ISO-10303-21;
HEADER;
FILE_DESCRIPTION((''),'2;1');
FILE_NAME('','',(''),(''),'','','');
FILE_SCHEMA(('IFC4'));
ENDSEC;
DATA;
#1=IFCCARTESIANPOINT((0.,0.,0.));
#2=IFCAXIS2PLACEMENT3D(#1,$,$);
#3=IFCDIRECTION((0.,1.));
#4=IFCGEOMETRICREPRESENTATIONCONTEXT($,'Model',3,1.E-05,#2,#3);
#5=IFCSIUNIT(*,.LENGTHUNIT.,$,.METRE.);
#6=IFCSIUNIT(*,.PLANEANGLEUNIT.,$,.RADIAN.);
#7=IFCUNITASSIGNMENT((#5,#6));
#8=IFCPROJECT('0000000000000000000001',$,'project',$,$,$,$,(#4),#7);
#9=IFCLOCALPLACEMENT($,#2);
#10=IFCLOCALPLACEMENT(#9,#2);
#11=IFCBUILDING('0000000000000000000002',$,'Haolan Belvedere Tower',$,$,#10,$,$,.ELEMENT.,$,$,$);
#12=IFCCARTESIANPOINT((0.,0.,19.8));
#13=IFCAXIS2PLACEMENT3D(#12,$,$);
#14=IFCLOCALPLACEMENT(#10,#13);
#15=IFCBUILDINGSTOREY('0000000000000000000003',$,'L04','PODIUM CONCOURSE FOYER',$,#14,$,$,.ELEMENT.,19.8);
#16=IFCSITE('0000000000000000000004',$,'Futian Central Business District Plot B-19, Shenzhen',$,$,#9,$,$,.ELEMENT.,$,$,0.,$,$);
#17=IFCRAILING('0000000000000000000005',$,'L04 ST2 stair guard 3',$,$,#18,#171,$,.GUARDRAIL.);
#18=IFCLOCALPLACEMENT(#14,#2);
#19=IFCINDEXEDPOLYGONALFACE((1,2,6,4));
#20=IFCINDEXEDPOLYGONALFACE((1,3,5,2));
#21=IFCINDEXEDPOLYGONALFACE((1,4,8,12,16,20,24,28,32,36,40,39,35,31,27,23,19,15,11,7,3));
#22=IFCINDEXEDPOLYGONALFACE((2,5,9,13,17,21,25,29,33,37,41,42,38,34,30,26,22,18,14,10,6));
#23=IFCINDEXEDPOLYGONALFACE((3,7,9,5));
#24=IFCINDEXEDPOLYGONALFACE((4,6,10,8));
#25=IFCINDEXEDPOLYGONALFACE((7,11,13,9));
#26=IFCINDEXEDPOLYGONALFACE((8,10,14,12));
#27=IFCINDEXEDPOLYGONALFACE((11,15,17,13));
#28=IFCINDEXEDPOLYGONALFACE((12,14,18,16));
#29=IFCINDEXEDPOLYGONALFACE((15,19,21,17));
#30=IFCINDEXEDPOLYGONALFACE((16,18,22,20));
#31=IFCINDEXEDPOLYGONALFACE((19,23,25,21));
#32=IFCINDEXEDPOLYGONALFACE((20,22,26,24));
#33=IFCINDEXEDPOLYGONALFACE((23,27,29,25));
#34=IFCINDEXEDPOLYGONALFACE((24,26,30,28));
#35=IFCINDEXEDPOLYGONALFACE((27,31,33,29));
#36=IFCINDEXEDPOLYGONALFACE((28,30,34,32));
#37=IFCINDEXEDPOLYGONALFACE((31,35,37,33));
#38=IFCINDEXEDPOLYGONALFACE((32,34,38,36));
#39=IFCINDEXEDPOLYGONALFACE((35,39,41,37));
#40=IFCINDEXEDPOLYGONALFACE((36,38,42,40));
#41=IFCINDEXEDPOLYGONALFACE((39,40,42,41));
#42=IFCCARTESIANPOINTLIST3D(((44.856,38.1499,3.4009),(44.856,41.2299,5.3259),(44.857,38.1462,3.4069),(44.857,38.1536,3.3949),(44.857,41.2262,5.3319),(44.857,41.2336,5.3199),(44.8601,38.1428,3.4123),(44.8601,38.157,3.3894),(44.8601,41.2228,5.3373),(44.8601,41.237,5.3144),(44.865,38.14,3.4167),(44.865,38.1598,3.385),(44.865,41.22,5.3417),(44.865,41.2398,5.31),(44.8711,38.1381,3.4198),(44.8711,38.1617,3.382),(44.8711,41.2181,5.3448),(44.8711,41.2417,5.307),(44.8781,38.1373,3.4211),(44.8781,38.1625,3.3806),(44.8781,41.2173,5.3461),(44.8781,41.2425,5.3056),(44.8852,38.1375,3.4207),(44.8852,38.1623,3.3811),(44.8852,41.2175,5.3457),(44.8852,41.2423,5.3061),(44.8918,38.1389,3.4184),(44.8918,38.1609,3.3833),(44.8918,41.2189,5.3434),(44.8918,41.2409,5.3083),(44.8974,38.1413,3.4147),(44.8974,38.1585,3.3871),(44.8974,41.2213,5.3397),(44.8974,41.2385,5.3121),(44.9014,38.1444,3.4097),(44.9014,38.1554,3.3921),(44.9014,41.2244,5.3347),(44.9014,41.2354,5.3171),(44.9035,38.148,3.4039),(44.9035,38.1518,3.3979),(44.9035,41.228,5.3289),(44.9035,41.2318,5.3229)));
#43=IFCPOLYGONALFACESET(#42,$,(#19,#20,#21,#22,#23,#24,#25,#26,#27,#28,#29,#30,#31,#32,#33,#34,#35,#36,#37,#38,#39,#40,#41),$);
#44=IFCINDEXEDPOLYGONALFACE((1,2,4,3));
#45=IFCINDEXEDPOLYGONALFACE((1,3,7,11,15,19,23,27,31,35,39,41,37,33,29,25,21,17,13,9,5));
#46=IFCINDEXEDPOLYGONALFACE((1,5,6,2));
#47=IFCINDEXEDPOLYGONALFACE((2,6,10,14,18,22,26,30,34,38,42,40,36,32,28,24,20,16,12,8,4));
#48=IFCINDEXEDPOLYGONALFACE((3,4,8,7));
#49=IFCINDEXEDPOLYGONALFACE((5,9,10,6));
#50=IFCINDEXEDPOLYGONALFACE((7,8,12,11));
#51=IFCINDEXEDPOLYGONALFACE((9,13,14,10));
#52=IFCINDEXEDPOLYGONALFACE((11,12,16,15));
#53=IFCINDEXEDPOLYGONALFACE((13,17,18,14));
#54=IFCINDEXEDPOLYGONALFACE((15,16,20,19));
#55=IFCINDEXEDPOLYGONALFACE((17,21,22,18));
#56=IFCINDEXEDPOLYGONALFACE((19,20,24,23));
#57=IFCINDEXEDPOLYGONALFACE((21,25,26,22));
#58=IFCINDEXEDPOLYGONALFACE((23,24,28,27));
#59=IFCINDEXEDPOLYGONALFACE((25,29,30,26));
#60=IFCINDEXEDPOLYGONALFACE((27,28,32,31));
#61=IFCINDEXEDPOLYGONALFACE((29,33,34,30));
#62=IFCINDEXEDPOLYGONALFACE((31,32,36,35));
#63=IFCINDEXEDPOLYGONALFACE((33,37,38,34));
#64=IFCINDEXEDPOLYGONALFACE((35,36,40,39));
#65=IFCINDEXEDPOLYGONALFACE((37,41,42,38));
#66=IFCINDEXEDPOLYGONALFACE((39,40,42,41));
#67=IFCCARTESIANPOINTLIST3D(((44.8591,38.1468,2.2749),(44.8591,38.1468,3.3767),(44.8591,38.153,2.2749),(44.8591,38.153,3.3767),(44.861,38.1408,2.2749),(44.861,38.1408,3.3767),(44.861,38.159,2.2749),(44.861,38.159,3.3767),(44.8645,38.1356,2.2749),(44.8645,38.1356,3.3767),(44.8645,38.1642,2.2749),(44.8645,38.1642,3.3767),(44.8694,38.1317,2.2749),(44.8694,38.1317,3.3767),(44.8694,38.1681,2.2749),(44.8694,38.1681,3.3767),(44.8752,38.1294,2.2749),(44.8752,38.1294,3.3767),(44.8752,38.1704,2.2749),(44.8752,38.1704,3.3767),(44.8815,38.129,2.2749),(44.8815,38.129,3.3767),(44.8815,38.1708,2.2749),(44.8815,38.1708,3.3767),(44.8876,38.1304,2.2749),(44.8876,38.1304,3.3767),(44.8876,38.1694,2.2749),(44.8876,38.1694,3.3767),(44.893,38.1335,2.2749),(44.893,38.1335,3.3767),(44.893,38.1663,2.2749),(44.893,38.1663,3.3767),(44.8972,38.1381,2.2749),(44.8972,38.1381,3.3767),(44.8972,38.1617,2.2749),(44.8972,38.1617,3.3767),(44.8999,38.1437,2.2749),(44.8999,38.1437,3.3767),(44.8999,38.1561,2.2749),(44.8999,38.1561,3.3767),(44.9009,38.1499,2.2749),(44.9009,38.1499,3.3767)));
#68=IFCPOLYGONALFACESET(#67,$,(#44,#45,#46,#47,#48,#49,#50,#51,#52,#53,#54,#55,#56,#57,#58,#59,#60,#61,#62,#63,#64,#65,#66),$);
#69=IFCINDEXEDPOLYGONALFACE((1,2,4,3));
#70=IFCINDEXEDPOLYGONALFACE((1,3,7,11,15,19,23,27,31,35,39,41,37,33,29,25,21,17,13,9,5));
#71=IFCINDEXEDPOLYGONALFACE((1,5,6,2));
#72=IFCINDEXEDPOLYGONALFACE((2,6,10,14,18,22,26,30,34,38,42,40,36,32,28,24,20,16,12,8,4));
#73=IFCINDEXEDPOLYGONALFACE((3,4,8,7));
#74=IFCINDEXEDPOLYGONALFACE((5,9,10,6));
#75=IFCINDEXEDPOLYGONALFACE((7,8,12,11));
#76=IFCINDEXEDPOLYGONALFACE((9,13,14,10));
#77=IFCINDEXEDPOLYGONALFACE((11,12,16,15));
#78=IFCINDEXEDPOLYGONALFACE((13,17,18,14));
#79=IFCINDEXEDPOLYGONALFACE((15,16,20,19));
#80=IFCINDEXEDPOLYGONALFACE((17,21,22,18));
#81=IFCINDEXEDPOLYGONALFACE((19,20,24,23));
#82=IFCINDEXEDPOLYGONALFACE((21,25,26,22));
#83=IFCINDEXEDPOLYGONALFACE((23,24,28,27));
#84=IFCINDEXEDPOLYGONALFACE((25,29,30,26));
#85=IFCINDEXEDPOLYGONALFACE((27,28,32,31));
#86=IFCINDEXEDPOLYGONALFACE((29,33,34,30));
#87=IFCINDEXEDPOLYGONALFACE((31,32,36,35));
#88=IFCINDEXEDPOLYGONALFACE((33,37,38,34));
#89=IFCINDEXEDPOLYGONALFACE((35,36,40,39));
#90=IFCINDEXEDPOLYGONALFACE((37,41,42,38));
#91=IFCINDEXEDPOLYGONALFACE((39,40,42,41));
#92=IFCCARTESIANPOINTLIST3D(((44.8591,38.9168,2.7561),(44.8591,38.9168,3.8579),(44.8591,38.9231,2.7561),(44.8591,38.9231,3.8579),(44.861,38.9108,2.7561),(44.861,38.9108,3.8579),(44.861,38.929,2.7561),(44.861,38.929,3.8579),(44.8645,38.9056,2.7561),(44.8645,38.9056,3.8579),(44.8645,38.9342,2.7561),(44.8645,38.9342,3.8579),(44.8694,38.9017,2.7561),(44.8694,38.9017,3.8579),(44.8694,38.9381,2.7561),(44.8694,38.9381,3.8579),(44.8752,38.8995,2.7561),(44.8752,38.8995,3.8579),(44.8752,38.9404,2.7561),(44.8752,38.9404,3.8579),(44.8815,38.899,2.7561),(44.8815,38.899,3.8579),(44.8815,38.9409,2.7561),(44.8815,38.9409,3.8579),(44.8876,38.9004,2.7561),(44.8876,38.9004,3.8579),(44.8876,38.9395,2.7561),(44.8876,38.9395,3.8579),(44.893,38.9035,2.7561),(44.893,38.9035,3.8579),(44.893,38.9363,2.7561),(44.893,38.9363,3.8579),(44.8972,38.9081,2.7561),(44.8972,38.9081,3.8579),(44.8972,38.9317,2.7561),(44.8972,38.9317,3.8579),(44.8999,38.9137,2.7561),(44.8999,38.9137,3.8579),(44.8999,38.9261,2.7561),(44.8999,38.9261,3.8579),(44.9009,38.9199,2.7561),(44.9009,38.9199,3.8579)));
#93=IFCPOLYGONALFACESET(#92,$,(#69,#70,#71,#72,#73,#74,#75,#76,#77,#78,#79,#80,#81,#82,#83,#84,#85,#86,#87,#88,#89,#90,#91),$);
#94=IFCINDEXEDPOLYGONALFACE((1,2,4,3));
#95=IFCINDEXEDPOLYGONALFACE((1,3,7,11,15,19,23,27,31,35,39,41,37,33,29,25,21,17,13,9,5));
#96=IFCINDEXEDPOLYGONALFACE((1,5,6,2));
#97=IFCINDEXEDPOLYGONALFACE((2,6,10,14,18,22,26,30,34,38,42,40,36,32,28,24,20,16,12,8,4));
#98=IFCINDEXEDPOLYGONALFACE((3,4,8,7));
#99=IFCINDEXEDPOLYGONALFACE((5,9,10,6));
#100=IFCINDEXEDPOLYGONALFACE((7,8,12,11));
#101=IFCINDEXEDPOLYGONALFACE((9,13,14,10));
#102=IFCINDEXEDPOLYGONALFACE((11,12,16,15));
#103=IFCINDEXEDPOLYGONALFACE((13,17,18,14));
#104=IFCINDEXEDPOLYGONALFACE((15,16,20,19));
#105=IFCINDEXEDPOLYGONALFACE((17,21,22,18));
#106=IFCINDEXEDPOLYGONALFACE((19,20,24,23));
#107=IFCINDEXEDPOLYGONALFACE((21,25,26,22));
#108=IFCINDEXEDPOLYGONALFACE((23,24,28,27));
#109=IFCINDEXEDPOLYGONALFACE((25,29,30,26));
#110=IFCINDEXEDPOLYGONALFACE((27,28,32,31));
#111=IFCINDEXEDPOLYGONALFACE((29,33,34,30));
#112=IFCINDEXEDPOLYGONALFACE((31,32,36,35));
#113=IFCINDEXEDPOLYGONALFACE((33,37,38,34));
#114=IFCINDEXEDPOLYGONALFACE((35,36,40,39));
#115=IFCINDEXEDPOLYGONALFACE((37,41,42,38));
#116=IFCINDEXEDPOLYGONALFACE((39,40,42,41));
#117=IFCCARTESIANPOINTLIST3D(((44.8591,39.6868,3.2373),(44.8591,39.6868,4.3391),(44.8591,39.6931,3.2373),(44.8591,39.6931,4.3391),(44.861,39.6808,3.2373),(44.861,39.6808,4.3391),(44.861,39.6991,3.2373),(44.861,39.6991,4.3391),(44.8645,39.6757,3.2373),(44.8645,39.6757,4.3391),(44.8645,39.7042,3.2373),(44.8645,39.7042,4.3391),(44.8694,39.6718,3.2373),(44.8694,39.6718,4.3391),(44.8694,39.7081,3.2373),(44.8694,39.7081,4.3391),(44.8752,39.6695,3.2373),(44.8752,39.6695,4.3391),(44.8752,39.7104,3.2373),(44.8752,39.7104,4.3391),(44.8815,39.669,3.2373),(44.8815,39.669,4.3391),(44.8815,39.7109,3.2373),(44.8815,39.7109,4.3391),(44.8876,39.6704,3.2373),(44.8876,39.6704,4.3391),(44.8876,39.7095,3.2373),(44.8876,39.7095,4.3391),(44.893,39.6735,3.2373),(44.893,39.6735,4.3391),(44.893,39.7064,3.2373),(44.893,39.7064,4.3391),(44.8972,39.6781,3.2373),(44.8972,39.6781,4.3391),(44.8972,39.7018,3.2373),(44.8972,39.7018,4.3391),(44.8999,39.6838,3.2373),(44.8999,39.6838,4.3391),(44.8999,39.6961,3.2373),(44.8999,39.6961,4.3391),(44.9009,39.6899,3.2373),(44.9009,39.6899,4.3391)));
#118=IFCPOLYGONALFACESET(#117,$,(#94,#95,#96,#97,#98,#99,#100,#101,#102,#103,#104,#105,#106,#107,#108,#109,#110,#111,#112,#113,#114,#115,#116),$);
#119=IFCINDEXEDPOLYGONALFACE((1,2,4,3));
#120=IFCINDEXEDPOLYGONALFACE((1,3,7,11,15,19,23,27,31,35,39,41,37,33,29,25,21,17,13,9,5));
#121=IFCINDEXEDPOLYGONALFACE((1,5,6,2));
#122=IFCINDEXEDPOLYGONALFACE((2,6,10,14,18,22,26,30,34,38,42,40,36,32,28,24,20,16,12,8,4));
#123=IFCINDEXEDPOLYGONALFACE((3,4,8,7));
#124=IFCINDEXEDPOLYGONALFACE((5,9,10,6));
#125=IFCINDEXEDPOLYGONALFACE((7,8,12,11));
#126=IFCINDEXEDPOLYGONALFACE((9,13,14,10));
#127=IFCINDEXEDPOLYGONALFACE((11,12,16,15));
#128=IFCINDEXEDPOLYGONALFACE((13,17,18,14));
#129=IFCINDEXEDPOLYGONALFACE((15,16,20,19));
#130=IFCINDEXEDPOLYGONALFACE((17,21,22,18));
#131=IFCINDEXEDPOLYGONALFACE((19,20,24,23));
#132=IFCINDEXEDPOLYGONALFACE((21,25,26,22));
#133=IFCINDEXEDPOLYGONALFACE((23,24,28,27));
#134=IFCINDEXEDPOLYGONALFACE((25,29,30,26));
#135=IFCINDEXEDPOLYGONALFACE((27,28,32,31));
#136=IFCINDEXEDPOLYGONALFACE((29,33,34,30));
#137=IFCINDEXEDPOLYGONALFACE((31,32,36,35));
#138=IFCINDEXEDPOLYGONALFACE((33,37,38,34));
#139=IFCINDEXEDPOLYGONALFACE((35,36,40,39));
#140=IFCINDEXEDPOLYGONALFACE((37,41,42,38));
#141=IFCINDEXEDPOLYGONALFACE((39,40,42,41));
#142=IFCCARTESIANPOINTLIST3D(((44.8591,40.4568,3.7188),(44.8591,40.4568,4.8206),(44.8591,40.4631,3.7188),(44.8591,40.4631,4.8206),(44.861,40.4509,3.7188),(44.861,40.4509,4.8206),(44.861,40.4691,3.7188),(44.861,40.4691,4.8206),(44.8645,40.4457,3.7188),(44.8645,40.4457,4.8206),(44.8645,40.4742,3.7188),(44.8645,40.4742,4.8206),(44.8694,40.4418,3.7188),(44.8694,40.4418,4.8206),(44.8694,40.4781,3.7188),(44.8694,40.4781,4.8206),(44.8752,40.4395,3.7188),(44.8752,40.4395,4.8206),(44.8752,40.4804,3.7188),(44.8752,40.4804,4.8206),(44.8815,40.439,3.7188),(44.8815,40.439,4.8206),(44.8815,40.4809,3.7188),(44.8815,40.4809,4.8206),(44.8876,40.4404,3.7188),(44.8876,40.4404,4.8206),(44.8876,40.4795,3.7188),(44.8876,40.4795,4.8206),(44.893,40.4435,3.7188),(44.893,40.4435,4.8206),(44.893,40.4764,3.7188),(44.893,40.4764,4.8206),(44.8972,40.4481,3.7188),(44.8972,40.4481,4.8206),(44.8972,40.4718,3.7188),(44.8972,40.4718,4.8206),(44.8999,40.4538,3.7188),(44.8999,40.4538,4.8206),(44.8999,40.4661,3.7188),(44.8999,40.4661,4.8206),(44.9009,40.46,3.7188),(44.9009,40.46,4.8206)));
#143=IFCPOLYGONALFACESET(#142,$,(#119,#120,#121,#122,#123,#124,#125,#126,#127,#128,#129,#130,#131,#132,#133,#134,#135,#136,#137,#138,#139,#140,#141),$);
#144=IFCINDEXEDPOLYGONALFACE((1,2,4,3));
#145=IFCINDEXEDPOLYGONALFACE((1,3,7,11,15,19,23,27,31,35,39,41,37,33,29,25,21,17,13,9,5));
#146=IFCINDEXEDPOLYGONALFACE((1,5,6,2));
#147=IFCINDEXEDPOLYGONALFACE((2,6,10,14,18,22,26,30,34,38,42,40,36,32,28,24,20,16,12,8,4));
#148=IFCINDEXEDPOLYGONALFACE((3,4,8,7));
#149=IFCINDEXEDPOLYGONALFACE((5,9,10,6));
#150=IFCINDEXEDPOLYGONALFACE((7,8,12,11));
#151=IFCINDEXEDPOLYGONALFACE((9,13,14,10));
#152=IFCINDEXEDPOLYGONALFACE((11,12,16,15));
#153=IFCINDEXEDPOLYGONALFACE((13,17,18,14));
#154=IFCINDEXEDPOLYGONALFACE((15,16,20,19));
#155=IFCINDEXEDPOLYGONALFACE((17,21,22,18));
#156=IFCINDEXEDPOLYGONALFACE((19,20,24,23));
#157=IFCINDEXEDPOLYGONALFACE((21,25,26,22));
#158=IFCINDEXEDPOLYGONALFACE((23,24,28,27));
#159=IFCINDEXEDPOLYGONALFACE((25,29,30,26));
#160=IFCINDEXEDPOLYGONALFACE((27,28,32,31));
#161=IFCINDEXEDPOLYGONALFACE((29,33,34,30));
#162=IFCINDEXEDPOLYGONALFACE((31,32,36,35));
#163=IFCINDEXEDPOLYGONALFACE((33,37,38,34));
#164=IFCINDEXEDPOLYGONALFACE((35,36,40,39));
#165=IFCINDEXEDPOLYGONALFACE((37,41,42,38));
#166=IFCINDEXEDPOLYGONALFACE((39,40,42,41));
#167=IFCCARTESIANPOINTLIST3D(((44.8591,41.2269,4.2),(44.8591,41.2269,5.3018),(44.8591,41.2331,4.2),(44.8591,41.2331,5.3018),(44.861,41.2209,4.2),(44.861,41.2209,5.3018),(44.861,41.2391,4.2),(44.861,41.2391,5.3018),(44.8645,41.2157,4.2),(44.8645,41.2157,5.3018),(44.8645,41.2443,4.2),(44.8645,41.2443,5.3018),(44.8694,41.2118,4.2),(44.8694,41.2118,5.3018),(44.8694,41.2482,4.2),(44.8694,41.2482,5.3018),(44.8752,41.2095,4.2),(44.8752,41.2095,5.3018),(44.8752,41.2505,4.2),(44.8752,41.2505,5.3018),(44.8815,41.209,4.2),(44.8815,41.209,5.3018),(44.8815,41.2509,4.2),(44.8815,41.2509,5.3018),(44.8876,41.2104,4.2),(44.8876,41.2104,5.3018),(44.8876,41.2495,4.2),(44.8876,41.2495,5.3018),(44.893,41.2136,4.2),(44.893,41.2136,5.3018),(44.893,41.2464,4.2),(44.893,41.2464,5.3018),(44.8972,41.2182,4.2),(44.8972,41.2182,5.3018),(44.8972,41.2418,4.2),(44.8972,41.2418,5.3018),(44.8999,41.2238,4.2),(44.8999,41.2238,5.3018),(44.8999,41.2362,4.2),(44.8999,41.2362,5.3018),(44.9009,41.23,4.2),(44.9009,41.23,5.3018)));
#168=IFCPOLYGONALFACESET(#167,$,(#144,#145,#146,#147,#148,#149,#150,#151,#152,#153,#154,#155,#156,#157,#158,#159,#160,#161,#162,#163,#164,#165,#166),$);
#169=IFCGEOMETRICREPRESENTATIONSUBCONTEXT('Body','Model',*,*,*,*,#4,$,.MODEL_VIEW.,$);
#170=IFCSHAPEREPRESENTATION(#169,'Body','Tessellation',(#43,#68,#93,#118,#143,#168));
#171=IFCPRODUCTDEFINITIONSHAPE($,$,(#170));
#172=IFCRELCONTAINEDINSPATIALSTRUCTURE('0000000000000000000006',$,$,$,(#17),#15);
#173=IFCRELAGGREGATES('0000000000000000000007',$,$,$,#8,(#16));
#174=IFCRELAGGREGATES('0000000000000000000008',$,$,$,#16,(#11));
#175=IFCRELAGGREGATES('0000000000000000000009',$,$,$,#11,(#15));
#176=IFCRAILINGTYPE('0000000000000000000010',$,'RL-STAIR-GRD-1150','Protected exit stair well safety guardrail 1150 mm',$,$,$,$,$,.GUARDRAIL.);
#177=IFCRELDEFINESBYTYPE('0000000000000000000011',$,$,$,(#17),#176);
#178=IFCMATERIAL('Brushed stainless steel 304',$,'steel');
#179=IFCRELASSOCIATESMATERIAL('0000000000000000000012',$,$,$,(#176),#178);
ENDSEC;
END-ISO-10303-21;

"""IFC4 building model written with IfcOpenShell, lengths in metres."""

from ifc_helpers import new_model, si_unit, direction, frame, origin, origin_2d, place, context, subcontext, project, spatial, circle, extrude, material, type_object, element, save


model = new_model("IFC4")

# Units and contexts
model_context = context("Model", 3, precision=1e-05, world=origin(), true_north=direction((0.0, 1.0)))
body_context = subcontext(model_context, "Body", "Model", "MODEL_VIEW")
ifc_project = project(units=[si_unit("LENGTHUNIT", "METRE"), si_unit("PLANEANGLEUNIT", "RADIAN")], contexts=[model_context])

# Site, building, storey
site_placement = place(None, origin())
site = spatial("IfcSite", under=ifc_project, at=site_placement, Name="Futian Central Business District Plot B-19, Shenzhen", CompositionType="ELEMENT", RefElevation=0.0)
building_placement = place(site_placement, origin())
building = spatial("IfcBuilding", under=site, at=building_placement, Name="Haolan Belvedere Tower", CompositionType="ELEMENT")
storey_placement = place(building_placement, frame((0.0, 0.0, 19.8)))
storey = spatial("IfcBuildingStorey", under=building, at=storey_placement, Name="L04", Description="PODIUM CONCOURSE FOYER", CompositionType="ELEMENT", Elevation=19.8)

# Railing
ifc_material_1 = material(Name="Brushed stainless steel 304", Category="steel")
railing_type_1 = type_object("IfcRailingType", Name="RL-STAIR-GRD-1150", Description="Protected exit stair well safety guardrail 1150 mm", PredefinedType="GUARDRAIL", material=ifc_material_1)
railing_1_placement = place(storey_placement, frame((44.8799, 38.1499, 2.2749)))
element("IfcRailing", 1, at=railing_1_placement, inside=storey, type_object=railing_type_1, Name="L04 ST2 stair guard 3", PredefinedType="GUARDRAIL", context=body_context, shape_type="SweptSolid", body=[
    extrude(circle(Radius=0.0239, at=origin_2d()), frame((0.0, 0.0, 1.126), z_axis=(0.0, 0.847998, 0.529999), x_axis=(-1.0, 0.0, 0.0)), (0.0, 0.0, 1.0), 3.6321),
    extrude(circle(Radius=0.021, at=origin_2d()), origin(), (0.0, 0.0, 1.0), 1.1018),
    extrude(circle(Radius=0.021, at=origin_2d()), frame((0.0, 0.77, 0.4812)), (0.0, 0.0, 1.0), 1.1018),
    extrude(circle(Radius=0.021, at=origin_2d()), frame((0.0, 1.54, 0.9624)), (0.0, 0.0, 1.0), 1.1018),
    extrude(circle(Radius=0.021, at=origin_2d()), frame((0.0, 2.3101, 1.4438)), (0.0, 0.0, 1.0), 1.1018),
    extrude(circle(Radius=0.021, at=origin_2d()), frame((0.0, 3.0801, 1.925)), (0.0, 0.0, 1.0), 1.1018),
])

save(model, "model.ifc")
